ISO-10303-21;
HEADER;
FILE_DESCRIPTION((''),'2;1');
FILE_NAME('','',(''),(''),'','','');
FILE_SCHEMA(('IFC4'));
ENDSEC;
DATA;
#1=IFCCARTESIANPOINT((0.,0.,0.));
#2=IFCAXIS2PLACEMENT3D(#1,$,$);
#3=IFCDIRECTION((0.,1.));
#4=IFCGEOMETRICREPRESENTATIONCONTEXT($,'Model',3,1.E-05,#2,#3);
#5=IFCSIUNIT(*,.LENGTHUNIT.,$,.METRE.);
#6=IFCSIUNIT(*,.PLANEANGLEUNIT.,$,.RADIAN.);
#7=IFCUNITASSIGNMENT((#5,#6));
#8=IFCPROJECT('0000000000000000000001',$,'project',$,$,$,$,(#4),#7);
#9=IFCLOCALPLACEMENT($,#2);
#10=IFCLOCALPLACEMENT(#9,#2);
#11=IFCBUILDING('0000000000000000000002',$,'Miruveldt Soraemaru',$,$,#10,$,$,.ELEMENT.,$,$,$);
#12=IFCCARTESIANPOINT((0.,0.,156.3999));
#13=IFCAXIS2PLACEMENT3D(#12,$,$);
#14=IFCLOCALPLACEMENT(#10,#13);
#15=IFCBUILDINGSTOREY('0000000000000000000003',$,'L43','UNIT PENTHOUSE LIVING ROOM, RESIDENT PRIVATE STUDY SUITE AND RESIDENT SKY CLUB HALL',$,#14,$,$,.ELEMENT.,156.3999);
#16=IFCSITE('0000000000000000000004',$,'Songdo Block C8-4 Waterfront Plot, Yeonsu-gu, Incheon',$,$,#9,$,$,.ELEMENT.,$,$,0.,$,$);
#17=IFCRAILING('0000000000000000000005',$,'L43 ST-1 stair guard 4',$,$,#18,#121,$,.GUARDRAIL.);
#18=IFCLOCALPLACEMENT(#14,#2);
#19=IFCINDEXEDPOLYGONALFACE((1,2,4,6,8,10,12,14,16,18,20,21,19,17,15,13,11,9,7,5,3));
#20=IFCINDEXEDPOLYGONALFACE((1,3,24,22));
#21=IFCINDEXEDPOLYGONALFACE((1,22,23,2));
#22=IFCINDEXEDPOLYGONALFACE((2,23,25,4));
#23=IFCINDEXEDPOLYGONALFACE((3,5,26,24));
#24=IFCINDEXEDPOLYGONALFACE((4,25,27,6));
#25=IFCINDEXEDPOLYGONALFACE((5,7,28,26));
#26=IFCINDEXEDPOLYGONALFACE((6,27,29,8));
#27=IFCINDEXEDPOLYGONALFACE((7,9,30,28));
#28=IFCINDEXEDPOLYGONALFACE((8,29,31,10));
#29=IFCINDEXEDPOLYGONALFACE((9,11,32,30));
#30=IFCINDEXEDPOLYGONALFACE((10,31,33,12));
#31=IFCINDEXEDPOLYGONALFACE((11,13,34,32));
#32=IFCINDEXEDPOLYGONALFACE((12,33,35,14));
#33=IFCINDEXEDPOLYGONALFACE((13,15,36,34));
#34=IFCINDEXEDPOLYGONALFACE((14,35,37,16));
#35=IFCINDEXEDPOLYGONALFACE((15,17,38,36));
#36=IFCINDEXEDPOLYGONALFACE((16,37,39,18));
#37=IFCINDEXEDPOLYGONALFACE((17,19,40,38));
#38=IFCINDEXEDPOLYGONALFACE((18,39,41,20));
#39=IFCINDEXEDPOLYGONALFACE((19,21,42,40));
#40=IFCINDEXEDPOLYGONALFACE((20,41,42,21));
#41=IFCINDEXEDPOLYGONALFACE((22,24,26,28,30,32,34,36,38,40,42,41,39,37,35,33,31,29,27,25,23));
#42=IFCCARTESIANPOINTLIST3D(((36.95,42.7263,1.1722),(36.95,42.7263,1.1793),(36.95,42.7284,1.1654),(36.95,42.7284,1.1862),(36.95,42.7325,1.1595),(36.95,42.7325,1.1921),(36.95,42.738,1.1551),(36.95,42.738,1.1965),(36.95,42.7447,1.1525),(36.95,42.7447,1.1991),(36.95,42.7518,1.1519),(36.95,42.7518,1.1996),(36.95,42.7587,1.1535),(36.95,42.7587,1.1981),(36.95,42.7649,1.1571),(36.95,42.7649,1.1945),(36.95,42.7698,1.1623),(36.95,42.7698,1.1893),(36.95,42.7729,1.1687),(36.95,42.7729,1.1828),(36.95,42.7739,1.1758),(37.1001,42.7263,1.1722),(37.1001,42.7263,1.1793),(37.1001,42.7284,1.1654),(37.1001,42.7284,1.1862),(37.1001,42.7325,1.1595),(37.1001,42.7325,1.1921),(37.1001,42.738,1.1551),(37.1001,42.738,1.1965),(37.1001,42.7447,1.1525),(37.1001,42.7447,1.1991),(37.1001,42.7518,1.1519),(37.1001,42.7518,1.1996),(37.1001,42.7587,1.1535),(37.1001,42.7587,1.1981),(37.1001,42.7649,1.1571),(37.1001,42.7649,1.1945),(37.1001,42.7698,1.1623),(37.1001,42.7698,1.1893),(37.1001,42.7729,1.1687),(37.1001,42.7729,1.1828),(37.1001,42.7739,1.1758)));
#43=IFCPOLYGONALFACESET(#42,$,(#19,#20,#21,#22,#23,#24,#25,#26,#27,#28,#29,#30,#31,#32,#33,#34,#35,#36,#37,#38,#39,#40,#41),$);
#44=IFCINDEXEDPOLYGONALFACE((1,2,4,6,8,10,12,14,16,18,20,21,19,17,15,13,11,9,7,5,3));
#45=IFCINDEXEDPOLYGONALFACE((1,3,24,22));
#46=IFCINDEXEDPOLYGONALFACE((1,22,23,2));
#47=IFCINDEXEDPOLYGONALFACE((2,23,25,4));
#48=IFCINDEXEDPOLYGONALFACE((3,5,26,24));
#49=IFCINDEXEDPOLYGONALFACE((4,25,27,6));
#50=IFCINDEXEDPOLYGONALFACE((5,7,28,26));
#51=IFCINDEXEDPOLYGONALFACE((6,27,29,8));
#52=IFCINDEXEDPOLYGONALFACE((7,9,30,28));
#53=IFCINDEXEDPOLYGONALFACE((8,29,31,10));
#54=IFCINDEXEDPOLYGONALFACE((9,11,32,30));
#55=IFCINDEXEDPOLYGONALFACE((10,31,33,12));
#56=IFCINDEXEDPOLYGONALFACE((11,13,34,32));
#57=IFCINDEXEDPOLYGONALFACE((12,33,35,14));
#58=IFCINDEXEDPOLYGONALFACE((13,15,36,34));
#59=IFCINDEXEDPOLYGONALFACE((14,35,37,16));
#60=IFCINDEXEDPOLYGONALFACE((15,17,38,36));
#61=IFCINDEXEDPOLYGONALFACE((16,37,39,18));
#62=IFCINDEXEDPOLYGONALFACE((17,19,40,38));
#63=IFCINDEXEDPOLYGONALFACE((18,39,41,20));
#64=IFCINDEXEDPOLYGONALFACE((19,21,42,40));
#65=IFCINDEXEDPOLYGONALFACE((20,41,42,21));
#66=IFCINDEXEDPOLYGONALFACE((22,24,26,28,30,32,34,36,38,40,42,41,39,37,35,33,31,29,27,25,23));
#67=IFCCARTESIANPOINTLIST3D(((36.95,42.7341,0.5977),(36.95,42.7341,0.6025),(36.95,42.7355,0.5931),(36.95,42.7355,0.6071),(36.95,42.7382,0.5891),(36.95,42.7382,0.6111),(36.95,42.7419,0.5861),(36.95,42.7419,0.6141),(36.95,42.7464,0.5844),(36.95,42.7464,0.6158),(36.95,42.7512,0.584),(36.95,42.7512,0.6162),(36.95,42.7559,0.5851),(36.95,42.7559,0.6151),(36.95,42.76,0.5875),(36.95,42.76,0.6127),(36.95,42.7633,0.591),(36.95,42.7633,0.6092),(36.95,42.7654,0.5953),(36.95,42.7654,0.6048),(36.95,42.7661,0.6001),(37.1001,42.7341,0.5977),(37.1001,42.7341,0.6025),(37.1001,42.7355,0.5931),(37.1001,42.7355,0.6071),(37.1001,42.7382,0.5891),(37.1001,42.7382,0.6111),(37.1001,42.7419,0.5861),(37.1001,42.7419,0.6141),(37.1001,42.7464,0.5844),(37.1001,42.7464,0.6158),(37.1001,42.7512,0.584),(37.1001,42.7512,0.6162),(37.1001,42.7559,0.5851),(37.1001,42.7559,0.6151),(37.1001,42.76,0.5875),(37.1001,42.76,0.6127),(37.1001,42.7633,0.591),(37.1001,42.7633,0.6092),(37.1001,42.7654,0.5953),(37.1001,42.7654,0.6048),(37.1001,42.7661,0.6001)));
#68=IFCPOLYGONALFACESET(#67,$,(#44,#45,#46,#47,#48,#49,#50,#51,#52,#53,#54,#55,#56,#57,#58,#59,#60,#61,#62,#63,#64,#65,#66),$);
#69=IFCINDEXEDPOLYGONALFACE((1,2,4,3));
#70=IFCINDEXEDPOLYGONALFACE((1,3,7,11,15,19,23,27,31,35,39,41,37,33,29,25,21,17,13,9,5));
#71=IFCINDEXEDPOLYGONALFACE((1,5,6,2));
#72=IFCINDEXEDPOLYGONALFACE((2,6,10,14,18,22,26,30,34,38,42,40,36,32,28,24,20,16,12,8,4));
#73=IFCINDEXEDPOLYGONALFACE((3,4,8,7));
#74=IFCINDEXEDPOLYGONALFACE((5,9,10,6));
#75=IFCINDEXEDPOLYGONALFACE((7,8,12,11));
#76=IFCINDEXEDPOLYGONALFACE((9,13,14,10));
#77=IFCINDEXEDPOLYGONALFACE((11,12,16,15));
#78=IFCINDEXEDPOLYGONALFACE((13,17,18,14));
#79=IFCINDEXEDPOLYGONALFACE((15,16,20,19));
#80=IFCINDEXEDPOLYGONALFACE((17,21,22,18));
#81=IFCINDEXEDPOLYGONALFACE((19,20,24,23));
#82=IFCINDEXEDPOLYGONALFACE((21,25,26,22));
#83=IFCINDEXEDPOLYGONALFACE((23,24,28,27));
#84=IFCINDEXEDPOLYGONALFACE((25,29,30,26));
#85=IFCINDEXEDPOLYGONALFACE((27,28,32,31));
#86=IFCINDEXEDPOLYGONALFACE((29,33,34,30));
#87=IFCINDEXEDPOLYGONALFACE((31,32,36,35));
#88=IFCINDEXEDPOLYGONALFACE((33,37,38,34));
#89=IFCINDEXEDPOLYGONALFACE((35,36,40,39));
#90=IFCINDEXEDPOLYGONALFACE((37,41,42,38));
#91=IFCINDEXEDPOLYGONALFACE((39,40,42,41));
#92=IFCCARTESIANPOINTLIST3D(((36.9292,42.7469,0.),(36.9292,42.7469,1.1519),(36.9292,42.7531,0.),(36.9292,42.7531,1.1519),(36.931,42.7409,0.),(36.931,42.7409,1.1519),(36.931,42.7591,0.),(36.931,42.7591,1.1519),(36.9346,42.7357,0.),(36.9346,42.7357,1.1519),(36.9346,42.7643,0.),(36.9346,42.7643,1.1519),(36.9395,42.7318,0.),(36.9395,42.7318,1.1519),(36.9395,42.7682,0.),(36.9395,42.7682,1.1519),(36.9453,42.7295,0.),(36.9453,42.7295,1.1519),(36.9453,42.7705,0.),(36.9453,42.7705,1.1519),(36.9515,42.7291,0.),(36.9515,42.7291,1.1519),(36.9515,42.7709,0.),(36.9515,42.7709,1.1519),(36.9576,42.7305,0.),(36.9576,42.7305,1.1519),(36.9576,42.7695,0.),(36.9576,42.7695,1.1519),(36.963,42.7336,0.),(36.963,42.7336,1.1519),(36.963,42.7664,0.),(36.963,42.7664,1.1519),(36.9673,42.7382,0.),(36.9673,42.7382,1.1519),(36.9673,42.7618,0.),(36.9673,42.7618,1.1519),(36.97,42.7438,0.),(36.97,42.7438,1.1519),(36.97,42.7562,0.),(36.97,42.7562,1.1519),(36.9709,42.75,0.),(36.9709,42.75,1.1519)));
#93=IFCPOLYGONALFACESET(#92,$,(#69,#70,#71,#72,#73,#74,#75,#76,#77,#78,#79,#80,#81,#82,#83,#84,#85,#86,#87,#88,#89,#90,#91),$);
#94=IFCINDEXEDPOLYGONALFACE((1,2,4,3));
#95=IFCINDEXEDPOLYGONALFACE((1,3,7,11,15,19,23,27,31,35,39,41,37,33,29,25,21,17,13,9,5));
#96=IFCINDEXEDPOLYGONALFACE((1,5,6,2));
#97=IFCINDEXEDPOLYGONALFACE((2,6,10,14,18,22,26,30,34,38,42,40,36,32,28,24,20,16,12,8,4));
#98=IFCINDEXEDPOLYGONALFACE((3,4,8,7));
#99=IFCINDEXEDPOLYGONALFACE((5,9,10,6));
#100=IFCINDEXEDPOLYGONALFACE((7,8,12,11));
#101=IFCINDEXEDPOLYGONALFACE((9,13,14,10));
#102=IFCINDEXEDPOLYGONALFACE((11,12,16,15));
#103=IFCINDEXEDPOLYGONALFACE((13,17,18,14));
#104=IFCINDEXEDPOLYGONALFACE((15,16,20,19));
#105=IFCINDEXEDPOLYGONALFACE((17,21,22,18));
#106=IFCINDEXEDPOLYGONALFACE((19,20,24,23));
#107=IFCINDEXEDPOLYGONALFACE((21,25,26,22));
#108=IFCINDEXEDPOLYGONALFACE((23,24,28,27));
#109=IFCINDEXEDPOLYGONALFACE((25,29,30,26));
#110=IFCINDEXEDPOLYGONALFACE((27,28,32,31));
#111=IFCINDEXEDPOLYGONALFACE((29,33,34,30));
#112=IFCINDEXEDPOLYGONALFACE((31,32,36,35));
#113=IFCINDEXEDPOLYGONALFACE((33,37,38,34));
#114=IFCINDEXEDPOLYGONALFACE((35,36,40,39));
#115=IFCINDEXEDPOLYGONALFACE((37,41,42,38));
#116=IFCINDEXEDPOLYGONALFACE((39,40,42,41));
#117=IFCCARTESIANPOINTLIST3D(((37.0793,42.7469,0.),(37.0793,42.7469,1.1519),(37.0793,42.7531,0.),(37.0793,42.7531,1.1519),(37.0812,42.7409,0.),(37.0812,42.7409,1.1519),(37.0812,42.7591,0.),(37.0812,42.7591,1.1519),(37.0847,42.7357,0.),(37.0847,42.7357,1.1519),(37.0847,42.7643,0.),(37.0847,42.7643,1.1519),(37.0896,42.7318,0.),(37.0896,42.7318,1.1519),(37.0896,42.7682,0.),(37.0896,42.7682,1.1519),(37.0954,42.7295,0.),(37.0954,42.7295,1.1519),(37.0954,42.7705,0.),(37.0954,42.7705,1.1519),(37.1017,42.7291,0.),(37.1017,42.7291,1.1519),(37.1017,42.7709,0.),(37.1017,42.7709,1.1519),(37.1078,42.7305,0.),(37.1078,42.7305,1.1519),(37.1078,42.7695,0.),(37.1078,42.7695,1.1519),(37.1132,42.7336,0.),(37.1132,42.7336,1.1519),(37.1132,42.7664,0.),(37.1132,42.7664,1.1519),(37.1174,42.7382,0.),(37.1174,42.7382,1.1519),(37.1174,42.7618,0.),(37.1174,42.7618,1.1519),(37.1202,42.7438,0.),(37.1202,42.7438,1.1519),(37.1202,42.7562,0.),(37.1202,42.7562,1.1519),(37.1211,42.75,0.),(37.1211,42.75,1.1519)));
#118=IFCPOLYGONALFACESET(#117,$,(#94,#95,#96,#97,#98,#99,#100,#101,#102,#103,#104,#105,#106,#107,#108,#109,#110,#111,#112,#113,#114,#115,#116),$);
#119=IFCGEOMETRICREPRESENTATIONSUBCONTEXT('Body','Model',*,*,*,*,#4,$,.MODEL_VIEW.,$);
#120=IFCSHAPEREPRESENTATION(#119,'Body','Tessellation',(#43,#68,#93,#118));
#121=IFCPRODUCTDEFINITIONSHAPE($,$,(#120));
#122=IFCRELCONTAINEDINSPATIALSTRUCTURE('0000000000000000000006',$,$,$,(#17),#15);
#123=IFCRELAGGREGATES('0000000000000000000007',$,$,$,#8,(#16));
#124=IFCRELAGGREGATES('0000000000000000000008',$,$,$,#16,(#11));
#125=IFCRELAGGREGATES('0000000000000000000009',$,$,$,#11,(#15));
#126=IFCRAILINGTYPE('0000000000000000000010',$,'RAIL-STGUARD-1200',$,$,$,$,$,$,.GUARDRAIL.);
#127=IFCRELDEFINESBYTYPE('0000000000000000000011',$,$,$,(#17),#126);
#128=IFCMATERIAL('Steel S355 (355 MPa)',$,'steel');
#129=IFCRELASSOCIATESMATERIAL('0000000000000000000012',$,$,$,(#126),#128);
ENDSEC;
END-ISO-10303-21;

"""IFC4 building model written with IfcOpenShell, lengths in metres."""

from ifc_helpers import new_model, si_unit, direction, frame, origin, origin_2d, place, context, subcontext, project, spatial, circle, extrude, material, type_object, element, save


model = new_model("IFC4")

# Units and contexts
model_context = context("Model", 3, precision=1e-05, world=origin(), true_north=direction((0.0, 1.0)))
body_context = subcontext(model_context, "Body", "Model", "MODEL_VIEW")
ifc_project = project(units=[si_unit("LENGTHUNIT", "METRE"), si_unit("PLANEANGLEUNIT", "RADIAN")], contexts=[model_context])

# Site, building, storey
site_placement = place(None, origin())
site = spatial("IfcSite", under=ifc_project, at=site_placement, Name="Songdo Block C8-4 Waterfront Plot, Yeonsu-gu, Incheon", CompositionType="ELEMENT", RefElevation=0.0)
building_placement = place(site_placement, origin())
building = spatial("IfcBuilding", under=site, at=building_placement, Name="Miruveldt Soraemaru", CompositionType="ELEMENT")
storey_placement = place(building_placement, frame((0.0, 0.0, 156.3999)))
storey = spatial("IfcBuildingStorey", under=building, at=storey_placement, Name="L43", Description="UNIT PENTHOUSE LIVING ROOM, RESIDENT PRIVATE STUDY SUITE AND RESIDENT SKY CLUB HALL", CompositionType="ELEMENT", Elevation=156.3999)

# Railing
ifc_material_1 = material(Name="Steel S355 (355 MPa)", Category="steel")
railing_type = type_object("IfcRailingType", Name="RAIL-STGUARD-1200", PredefinedType="GUARDRAIL", material=ifc_material_1)
railing_1_placement = place(storey_placement, frame((36.95, 42.75, 0.0)))
element("IfcRailing", 1, at=railing_1_placement, inside=storey, type_object=railing_type, Name="L43 ST-1 stair guard 4", PredefinedType="GUARDRAIL", context=body_context, shape_type="SweptSolid", body=[
    extrude(circle(Radius=0.0239, at=origin_2d()), frame((0.0, 0.0, 1.1758), z_axis=(1.0, 0.0, 0.0), x_axis=(0.0, 1.0, 0.0)), (0.0, 0.0, 1.0), 0.1501),
    extrude(circle(Radius=0.0161, at=origin_2d()), frame((0.0, 0.0, 0.6001), z_axis=(1.0, 0.0, 0.0), x_axis=(0.0, 1.0, 0.0)), (0.0, 0.0, 1.0), 0.1501),
    extrude(circle(Radius=0.021, at=origin_2d()), origin(), (0.0, 0.0, 1.0), 1.1519),
    extrude(circle(Radius=0.021, at=origin_2d()), frame((0.1501, 0.0, 0.0)), (0.0, 0.0, 1.0), 1.1519),
])

save(model, "model.ifc")
